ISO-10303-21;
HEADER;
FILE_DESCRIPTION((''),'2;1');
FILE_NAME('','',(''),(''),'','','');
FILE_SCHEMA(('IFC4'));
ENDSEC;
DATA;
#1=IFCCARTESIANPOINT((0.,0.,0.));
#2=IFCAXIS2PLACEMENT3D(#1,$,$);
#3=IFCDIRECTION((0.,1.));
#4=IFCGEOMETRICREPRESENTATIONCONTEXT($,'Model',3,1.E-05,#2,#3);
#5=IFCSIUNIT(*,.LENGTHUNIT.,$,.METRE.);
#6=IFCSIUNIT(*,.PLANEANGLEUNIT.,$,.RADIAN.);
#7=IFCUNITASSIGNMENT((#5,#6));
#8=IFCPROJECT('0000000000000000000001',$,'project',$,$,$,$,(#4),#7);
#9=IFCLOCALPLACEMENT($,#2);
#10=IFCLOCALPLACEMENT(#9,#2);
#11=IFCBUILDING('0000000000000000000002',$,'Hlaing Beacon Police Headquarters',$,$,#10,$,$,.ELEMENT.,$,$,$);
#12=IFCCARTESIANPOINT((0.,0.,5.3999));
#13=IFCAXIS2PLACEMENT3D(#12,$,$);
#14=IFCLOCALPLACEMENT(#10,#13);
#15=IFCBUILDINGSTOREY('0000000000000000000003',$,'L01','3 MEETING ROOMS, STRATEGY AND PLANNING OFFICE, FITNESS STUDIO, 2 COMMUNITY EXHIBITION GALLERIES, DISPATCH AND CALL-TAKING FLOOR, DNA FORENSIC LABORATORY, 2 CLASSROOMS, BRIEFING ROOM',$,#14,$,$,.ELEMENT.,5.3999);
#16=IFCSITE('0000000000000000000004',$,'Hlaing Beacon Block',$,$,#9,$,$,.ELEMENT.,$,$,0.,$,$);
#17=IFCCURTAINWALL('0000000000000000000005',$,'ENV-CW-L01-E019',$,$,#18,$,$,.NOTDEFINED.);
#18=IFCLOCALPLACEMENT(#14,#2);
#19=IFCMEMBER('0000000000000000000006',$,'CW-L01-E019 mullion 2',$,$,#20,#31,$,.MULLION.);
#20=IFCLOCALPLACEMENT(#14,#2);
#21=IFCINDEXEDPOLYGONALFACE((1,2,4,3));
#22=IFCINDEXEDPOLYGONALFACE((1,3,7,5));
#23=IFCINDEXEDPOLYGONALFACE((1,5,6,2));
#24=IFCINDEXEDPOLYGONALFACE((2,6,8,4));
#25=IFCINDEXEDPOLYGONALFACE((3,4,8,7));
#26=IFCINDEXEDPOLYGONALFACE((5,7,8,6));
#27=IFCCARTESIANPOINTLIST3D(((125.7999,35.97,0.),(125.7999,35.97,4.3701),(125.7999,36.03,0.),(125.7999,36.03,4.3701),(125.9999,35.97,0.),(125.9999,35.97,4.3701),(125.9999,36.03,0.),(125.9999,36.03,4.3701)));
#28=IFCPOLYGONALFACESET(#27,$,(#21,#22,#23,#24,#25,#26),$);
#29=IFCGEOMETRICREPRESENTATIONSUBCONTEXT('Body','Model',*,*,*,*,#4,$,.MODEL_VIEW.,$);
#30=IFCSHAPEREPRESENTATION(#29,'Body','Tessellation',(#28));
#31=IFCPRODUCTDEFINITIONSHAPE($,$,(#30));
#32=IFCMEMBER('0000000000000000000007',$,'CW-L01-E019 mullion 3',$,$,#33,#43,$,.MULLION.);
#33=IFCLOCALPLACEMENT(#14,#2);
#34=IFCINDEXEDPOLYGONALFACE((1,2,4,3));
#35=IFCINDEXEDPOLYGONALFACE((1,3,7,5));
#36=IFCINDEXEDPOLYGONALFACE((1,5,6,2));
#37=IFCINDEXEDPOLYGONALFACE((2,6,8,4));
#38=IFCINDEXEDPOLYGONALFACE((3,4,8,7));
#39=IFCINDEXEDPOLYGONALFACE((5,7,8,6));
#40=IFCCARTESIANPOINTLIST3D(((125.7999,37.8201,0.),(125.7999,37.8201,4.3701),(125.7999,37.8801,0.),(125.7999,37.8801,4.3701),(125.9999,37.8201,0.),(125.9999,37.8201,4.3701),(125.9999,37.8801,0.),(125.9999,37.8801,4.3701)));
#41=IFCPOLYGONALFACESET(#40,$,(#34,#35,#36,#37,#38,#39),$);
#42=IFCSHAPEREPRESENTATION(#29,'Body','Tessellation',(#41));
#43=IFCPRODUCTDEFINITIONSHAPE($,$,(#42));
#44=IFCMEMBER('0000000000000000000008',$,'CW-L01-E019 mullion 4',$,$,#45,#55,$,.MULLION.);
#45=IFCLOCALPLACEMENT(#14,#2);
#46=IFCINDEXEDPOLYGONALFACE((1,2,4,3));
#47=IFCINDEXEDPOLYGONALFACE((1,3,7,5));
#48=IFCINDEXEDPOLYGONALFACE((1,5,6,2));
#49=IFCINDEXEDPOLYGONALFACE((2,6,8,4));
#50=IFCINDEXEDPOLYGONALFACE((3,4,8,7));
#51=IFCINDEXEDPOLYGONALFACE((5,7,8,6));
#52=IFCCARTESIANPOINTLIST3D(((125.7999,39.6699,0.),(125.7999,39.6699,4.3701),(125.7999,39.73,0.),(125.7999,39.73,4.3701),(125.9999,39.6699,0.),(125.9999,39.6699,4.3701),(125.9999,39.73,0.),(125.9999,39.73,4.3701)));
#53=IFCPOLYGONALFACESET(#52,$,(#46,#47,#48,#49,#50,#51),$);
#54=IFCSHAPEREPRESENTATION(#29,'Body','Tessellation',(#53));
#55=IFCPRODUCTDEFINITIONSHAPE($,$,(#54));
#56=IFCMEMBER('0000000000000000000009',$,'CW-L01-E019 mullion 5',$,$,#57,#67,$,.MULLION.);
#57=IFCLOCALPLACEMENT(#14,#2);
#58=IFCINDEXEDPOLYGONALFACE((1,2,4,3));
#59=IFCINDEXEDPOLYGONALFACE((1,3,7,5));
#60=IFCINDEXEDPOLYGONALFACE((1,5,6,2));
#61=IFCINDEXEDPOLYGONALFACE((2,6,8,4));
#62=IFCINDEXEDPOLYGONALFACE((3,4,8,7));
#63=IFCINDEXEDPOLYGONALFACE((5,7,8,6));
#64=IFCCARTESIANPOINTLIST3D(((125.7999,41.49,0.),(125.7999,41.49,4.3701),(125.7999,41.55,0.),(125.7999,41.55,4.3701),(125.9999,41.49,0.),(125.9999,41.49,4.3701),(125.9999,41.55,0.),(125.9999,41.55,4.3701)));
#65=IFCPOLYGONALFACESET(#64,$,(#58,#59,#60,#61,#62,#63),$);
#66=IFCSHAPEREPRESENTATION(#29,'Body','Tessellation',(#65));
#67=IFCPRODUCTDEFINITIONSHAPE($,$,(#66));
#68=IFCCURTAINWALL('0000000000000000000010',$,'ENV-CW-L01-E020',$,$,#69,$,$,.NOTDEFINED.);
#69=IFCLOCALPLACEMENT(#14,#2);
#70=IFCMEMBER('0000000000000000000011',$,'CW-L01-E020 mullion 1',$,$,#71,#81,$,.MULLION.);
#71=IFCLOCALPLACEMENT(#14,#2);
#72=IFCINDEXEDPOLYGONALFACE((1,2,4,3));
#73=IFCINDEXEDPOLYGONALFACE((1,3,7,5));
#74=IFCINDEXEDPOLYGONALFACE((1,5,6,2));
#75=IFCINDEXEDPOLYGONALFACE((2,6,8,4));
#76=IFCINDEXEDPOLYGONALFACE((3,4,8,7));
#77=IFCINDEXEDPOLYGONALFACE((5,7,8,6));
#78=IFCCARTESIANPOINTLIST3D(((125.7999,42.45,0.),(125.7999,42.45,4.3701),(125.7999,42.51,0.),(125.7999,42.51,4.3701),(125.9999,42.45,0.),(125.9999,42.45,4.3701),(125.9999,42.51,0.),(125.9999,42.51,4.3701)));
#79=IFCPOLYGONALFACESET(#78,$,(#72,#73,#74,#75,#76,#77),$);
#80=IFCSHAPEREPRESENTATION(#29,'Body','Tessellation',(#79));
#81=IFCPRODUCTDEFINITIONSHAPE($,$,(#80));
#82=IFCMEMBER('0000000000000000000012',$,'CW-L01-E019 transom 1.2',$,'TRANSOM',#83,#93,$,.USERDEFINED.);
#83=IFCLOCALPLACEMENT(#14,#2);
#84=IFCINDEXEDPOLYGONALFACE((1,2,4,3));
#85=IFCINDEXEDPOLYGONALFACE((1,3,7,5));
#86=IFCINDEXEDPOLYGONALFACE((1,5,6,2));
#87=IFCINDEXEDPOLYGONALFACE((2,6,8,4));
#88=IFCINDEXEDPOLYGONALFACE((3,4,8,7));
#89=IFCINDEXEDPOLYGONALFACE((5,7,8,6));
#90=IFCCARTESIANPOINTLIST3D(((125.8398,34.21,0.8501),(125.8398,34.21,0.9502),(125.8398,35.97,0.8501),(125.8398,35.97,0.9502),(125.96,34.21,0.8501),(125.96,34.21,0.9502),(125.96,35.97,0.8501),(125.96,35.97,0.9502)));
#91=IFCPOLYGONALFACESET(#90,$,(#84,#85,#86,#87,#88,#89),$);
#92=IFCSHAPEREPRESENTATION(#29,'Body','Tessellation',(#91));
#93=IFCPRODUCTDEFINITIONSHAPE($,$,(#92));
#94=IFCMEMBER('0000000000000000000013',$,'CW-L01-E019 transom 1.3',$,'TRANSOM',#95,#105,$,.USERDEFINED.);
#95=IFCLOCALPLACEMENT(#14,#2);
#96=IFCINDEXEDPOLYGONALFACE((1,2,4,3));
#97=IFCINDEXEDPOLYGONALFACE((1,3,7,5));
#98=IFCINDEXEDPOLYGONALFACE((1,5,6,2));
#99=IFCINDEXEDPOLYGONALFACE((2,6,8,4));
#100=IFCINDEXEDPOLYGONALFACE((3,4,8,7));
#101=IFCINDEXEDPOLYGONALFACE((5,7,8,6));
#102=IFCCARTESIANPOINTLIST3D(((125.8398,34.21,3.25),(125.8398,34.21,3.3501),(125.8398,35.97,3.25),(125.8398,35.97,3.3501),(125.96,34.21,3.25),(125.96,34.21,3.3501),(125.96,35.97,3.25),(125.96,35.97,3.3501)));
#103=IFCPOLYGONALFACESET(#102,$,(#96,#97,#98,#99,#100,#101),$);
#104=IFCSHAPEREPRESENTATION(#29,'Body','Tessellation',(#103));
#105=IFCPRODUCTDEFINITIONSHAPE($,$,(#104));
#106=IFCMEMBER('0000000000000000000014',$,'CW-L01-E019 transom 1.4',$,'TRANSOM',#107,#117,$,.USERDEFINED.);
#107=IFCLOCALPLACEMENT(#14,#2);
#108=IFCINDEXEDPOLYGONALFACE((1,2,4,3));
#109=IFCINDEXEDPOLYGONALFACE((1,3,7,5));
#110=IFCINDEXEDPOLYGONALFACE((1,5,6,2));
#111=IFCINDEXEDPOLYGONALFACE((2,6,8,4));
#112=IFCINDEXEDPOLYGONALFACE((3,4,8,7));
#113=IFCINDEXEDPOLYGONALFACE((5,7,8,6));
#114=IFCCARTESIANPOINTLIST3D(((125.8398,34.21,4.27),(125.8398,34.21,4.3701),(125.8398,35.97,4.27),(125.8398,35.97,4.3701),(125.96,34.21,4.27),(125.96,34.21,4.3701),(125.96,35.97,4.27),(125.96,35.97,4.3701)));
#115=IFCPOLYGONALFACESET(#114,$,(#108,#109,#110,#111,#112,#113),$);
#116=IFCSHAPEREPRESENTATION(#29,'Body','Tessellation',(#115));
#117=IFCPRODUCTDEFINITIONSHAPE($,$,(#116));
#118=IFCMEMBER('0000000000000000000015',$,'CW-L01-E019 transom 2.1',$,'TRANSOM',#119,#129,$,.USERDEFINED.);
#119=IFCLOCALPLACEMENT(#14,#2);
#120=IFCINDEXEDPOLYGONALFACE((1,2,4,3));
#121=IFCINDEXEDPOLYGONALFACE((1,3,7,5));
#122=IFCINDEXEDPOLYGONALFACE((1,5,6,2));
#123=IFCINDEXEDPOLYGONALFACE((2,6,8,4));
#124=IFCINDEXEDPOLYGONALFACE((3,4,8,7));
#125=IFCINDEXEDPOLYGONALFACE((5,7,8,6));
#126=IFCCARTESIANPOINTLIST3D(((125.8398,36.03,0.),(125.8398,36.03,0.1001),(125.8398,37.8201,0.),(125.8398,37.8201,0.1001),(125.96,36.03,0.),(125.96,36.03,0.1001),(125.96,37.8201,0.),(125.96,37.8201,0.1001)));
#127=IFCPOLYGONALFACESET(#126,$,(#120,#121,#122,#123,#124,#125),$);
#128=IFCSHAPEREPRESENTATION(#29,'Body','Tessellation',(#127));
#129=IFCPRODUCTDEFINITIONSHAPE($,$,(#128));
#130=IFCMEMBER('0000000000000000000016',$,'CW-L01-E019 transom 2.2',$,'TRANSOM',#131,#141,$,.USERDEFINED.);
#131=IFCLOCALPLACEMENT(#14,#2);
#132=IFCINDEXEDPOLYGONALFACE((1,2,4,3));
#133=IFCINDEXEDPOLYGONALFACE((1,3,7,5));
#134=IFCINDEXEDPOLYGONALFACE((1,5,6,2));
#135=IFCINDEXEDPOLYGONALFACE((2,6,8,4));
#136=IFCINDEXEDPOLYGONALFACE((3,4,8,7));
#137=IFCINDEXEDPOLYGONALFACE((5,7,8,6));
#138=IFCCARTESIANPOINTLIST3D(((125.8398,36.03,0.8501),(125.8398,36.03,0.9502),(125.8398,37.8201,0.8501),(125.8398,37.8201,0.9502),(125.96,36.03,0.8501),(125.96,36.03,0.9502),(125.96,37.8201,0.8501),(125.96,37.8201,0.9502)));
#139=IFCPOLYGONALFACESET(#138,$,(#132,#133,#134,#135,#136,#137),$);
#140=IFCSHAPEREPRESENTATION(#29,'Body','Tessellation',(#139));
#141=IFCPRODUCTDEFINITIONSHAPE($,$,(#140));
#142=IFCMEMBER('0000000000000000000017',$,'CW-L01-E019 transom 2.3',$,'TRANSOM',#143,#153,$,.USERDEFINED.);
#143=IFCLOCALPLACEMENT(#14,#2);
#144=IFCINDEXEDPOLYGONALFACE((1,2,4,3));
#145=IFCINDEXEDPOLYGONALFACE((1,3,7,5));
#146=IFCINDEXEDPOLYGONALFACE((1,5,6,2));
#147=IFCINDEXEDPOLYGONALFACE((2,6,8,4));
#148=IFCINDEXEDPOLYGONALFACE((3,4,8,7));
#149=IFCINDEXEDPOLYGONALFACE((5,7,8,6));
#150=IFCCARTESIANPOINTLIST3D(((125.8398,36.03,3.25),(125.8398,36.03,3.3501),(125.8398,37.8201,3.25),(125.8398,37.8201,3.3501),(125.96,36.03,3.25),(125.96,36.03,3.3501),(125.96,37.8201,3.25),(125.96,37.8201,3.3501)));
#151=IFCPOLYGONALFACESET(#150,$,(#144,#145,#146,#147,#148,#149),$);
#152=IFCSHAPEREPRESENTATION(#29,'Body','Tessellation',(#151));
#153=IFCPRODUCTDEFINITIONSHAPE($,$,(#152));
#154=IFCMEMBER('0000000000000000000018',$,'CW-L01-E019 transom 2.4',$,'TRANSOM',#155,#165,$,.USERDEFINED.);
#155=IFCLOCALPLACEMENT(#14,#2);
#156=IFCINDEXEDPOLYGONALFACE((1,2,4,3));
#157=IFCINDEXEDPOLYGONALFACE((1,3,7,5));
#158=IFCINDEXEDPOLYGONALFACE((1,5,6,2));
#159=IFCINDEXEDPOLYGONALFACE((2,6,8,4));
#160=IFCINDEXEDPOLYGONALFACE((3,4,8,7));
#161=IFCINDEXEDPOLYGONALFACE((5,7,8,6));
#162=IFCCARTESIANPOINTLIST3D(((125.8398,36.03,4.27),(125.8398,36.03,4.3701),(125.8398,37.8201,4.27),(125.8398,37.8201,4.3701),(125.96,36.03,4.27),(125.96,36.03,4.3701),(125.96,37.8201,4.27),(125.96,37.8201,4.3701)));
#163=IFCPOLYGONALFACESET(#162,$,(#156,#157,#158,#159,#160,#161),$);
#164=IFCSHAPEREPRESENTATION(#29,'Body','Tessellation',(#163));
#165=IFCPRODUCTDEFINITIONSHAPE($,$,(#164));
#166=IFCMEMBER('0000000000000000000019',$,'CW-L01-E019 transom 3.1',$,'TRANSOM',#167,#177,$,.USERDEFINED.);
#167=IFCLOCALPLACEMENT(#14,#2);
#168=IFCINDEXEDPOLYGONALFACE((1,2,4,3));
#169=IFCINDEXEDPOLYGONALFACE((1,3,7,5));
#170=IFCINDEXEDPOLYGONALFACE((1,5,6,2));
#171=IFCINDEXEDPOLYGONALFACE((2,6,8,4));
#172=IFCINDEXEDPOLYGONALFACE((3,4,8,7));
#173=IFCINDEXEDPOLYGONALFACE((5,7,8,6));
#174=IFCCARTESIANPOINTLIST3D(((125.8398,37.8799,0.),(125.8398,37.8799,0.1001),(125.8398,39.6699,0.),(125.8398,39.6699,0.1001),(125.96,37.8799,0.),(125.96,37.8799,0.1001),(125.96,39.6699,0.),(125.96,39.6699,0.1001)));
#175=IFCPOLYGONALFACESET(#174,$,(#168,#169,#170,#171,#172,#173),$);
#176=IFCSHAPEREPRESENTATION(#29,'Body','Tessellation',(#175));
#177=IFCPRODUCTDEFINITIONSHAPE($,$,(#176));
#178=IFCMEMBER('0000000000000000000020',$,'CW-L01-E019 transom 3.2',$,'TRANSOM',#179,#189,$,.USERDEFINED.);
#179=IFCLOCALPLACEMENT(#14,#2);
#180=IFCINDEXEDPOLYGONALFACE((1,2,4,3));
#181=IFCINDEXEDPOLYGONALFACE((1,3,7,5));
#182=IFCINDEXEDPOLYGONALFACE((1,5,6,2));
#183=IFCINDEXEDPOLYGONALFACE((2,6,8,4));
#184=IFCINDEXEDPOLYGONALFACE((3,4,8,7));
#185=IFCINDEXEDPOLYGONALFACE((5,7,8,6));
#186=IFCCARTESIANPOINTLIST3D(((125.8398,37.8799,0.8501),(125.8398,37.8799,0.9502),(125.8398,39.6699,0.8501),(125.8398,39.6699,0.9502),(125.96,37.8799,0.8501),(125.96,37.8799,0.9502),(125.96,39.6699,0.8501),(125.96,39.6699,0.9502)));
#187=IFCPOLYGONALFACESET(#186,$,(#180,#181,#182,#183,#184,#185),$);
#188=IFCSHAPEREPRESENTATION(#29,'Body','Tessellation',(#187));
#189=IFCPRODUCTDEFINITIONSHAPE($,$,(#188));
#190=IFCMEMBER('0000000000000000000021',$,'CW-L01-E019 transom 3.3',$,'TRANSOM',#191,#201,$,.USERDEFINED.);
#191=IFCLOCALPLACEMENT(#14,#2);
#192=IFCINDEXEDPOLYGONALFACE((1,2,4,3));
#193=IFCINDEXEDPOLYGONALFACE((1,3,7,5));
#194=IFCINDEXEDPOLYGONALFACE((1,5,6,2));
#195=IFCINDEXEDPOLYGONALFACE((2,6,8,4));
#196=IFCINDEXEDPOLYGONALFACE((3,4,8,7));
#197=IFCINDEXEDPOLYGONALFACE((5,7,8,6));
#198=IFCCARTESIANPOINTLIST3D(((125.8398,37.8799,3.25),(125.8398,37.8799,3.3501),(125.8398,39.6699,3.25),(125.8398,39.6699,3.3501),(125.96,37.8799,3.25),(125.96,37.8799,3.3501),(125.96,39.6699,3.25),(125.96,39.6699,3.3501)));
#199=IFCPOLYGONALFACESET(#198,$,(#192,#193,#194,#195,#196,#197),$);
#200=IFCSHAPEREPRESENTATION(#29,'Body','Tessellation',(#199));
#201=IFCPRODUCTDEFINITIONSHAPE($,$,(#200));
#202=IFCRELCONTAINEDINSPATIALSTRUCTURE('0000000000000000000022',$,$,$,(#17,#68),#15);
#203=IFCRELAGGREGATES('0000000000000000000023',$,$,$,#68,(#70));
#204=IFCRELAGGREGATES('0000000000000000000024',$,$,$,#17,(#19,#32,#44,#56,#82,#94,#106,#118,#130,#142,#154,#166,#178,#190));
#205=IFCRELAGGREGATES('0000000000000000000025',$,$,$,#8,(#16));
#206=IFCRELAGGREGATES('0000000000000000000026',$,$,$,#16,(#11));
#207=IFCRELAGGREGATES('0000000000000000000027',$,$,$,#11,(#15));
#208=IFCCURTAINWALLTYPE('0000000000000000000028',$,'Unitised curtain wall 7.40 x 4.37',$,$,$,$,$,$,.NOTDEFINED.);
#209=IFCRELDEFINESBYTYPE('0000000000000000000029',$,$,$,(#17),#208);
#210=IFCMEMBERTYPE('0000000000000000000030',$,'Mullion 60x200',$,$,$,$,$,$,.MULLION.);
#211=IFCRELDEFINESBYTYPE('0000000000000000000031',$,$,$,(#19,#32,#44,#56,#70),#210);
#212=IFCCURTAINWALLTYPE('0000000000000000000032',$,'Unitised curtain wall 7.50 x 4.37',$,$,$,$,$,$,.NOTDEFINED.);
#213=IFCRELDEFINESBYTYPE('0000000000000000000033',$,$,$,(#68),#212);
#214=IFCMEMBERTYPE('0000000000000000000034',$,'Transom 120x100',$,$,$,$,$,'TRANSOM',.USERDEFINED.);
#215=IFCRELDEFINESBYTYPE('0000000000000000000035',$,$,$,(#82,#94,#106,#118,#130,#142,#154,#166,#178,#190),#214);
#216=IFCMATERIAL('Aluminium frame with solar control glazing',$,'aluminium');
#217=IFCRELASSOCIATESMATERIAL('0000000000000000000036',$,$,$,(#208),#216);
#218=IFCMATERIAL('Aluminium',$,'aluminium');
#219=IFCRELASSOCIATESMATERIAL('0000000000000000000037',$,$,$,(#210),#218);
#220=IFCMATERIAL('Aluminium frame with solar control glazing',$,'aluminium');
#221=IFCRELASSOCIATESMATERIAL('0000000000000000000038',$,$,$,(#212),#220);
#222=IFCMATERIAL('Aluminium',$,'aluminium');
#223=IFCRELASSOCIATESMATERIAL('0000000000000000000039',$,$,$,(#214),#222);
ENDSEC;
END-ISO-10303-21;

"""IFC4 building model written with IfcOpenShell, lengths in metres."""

from ifc_helpers import new_model, si_unit, direction, frame, origin, origin_2d, place, context, subcontext, project, spatial, rectangle, extrude, material, material_profile, profile_set, type_object, element, aggregate, save


model = new_model("IFC4")

# Units and contexts
model_context = context("Model", 3, precision=1e-05, world=origin(), true_north=direction((0.0, 1.0)))
body_context = subcontext(model_context, "Body", "Model", "MODEL_VIEW")
ifc_project = project(units=[si_unit("LENGTHUNIT", "METRE"), si_unit("PLANEANGLEUNIT", "RADIAN")], contexts=[model_context])

# Site, building, storey
site_placement = place(None, origin())
site = spatial("IfcSite", under=ifc_project, at=site_placement, Name="Hlaing Beacon Block", CompositionType="ELEMENT", RefElevation=0.0)
building_placement = place(site_placement, origin())
building = spatial("IfcBuilding", under=site, at=building_placement, Name="Hlaing Beacon Police Headquarters", CompositionType="ELEMENT")
storey_placement = place(building_placement, frame((0.0, 0.0, 5.3999)))
storey = spatial("IfcBuildingStorey", under=building, at=storey_placement, Name="L01", Description="3 MEETING ROOMS, STRATEGY AND PLANNING OFFICE, FITNESS STUDIO, 2 COMMUNITY EXHIBITION GALLERIES, DISPATCH AND CALL-TAKING FLOOR, DNA FORENSIC LABORATORY, 2 CLASSROOMS, BRIEFING ROOM", CompositionType="ELEMENT", Elevation=5.3999)

# Curtain wall, members
ifc_material_1 = material(Name="Aluminium frame with solar control glazing", Category="aluminium")
curtain_wall_type_1 = type_object("IfcCurtainWallType", Name="Unitised curtain wall 7.40 x 4.37", PredefinedType="NOTDEFINED", material=ifc_material_1)
curtain_wall_1_placement = place(storey_placement, origin())
curtain_wall_1 = element("IfcCurtainWall", 1, at=curtain_wall_1_placement, inside=storey, type_object=curtain_wall_type_1, Name="ENV-CW-L01-E019", PredefinedType="NOTDEFINED")
ifc_material_2 = material(Name="Aluminium", Category="aluminium")
ifc_material_profile_1 = material_profile(ifc_material_2, rectangle(XDim=0.2, YDim=0.0601, at=origin_2d()), Name="Mullion 60x200")
ifc_profile_set_1 = profile_set([ifc_material_profile_1], Name="Aluminium")
member_type_1 = type_object("IfcMemberType", Name="Mullion 60x200", PredefinedType="MULLION", material=ifc_profile_set_1)
member_1_placement = place(storey_placement, frame((125.8999, 36.0, 0.0), z_axis=(0.0, 0.0, 1.0), x_axis=(-1.0, 0.0, 0.0)))
member_1 = element("IfcMember", 2, at=member_1_placement, type_object=member_type_1, Name="CW-L01-E019 mullion 2", PredefinedType="MULLION", context=body_context, shape_type="SweptSolid", body=[
    extrude(rectangle(XDim=0.2, YDim=0.0601, at=origin_2d()), origin(), (0.0, 0.0, 1.0), 4.3701),
])
member_2_placement = place(storey_placement, frame((125.8999, 37.8501, 0.0), z_axis=(0.0, 0.0, 1.0), x_axis=(-1.0, 0.0, 0.0)))
member_2 = element("IfcMember", 3, at=member_2_placement, type_object=member_type_1, Name="CW-L01-E019 mullion 3", PredefinedType="MULLION", context=body_context, shape_type="SweptSolid", body=[
    extrude(rectangle(XDim=0.2, YDim=0.0601, at=origin_2d()), origin(), (0.0, 0.0, 1.0), 4.3701),
])
member_3_placement = place(storey_placement, frame((125.8999, 39.7, 0.0), z_axis=(0.0, 0.0, 1.0), x_axis=(-1.0, 0.0, 0.0)))
member_3 = element("IfcMember", 4, at=member_3_placement, type_object=member_type_1, Name="CW-L01-E019 mullion 4", PredefinedType="MULLION", context=body_context, shape_type="SweptSolid", body=[
    extrude(rectangle(XDim=0.2, YDim=0.0601, at=origin_2d()), origin(), (0.0, 0.0, 1.0), 4.3701),
])
member_4_placement = place(storey_placement, frame((125.8999, 41.52, 0.0), z_axis=(0.0, 0.0, 1.0), x_axis=(-1.0, 0.0, 0.0)))
member_4 = element("IfcMember", 5, at=member_4_placement, type_object=member_type_1, Name="CW-L01-E019 mullion 5", PredefinedType="MULLION", context=body_context, shape_type="SweptSolid", body=[
    extrude(rectangle(XDim=0.2, YDim=0.0601, at=origin_2d()), origin(), (0.0, 0.0, 1.0), 4.3701),
])

# Curtain wall, member
ifc_material_3 = material(Name="Aluminium frame with solar control glazing", Category="aluminium")
curtain_wall_type_2 = type_object("IfcCurtainWallType", Name="Unitised curtain wall 7.50 x 4.37", PredefinedType="NOTDEFINED", material=ifc_material_3)
curtain_wall_2_placement = place(storey_placement, origin())
curtain_wall_2 = element("IfcCurtainWall", 6, at=curtain_wall_2_placement, inside=storey, type_object=curtain_wall_type_2, Name="ENV-CW-L01-E020", PredefinedType="NOTDEFINED")
member_5_placement = place(storey_placement, frame((125.8999, 42.48, 0.0), z_axis=(0.0, 0.0, 1.0), x_axis=(-1.0, 0.0, 0.0)))
member_5 = element("IfcMember", 7, at=member_5_placement, type_object=member_type_1, Name="CW-L01-E020 mullion 1", PredefinedType="MULLION", context=body_context, shape_type="SweptSolid", body=[
    extrude(rectangle(XDim=0.2, YDim=0.0601, at=origin_2d()), origin(), (0.0, 0.0, 1.0), 4.3701),
])

# Members
ifc_material_4 = material(Name="Aluminium", Category="aluminium")
ifc_material_profile_2 = material_profile(ifc_material_4, rectangle(XDim=0.1201, YDim=0.1001, at=origin_2d()), Name="Transom 120x100")
ifc_profile_set_2 = profile_set([ifc_material_profile_2], Name="Aluminium")
member_type_2 = type_object("IfcMemberType", Name="Transom 120x100", ElementType="TRANSOM", PredefinedType="USERDEFINED", material=ifc_profile_set_2)
member_6_placement = place(storey_placement, frame((125.8999, 34.21, 0.9001), z_axis=(0.0, 1.0, 0.0), x_axis=(-1.0, 0.0, 0.0)))
member_6 = element("IfcMember", 8, at=member_6_placement, type_object=member_type_2, Name="CW-L01-E019 transom 1.2", ObjectType="TRANSOM", PredefinedType="USERDEFINED", context=body_context, shape_type="SweptSolid", body=[
    extrude(rectangle(XDim=0.1201, YDim=0.1001, at=origin_2d()), origin(), (0.0, 0.0, 1.0), 1.76),
])
member_7_placement = place(storey_placement, frame((125.8999, 34.21, 3.3), z_axis=(0.0, 1.0, 0.0), x_axis=(-1.0, 0.0, 0.0)))
member_7 = element("IfcMember", 9, at=member_7_placement, type_object=member_type_2, Name="CW-L01-E019 transom 1.3", ObjectType="TRANSOM", PredefinedType="USERDEFINED", context=body_context, shape_type="SweptSolid", body=[
    extrude(rectangle(XDim=0.1201, YDim=0.1001, at=origin_2d()), origin(), (0.0, 0.0, 1.0), 1.76),
])
member_8_placement = place(storey_placement, frame((125.8999, 34.21, 4.3201), z_axis=(0.0, 1.0, 0.0), x_axis=(-1.0, 0.0, 0.0)))
member_8 = element("IfcMember", 10, at=member_8_placement, type_object=member_type_2, Name="CW-L01-E019 transom 1.4", ObjectType="TRANSOM", PredefinedType="USERDEFINED", context=body_context, shape_type="SweptSolid", body=[
    extrude(rectangle(XDim=0.1201, YDim=0.1001, at=origin_2d()), origin(), (0.0, 0.0, 1.0), 1.76),
])
member_9_placement = place(storey_placement, frame((125.8999, 36.03, 0.05), z_axis=(0.0, 1.0, 0.0), x_axis=(-1.0, 0.0, 0.0)))
member_9 = element("IfcMember", 11, at=member_9_placement, type_object=member_type_2, Name="CW-L01-E019 transom 2.1", ObjectType="TRANSOM", PredefinedType="USERDEFINED", context=body_context, shape_type="SweptSolid", body=[
    extrude(rectangle(XDim=0.1201, YDim=0.1001, at=origin_2d()), origin(), (0.0, 0.0, 1.0), 1.79),
])
member_10_placement = place(storey_placement, frame((125.8999, 36.03, 0.9001), z_axis=(0.0, 1.0, 0.0), x_axis=(-1.0, 0.0, 0.0)))
member_10 = element("IfcMember", 12, at=member_10_placement, type_object=member_type_2, Name="CW-L01-E019 transom 2.2", ObjectType="TRANSOM", PredefinedType="USERDEFINED", context=body_context, shape_type="SweptSolid", body=[
    extrude(rectangle(XDim=0.1201, YDim=0.1001, at=origin_2d()), origin(), (0.0, 0.0, 1.0), 1.79),
])
member_11_placement = place(storey_placement, frame((125.8999, 36.03, 3.3), z_axis=(0.0, 1.0, 0.0), x_axis=(-1.0, 0.0, 0.0)))
member_11 = element("IfcMember", 13, at=member_11_placement, type_object=member_type_2, Name="CW-L01-E019 transom 2.3", ObjectType="TRANSOM", PredefinedType="USERDEFINED", context=body_context, shape_type="SweptSolid", body=[
    extrude(rectangle(XDim=0.1201, YDim=0.1001, at=origin_2d()), origin(), (0.0, 0.0, 1.0), 1.79),
])
member_12_placement = place(storey_placement, frame((125.8999, 36.03, 4.3201), z_axis=(0.0, 1.0, 0.0), x_axis=(-1.0, 0.0, 0.0)))
member_12 = element("IfcMember", 14, at=member_12_placement, type_object=member_type_2, Name="CW-L01-E019 transom 2.4", ObjectType="TRANSOM", PredefinedType="USERDEFINED", context=body_context, shape_type="SweptSolid", body=[
    extrude(rectangle(XDim=0.1201, YDim=0.1001, at=origin_2d()), origin(), (0.0, 0.0, 1.0), 1.79),
])
member_13_placement = place(storey_placement, frame((125.8999, 37.8799, 0.05), z_axis=(0.0, 1.0, 0.0), x_axis=(-1.0, 0.0, 0.0)))
member_13 = element("IfcMember", 15, at=member_13_placement, type_object=member_type_2, Name="CW-L01-E019 transom 3.1", ObjectType="TRANSOM", PredefinedType="USERDEFINED", context=body_context, shape_type="SweptSolid", body=[
    extrude(rectangle(XDim=0.1201, YDim=0.1001, at=origin_2d()), origin(), (0.0, 0.0, 1.0), 1.79),
])
member_14_placement = place(storey_placement, frame((125.8999, 37.8799, 0.9001), z_axis=(0.0, 1.0, 0.0), x_axis=(-1.0, 0.0, 0.0)))
member_14 = element("IfcMember", 16, at=member_14_placement, type_object=member_type_2, Name="CW-L01-E019 transom 3.2", ObjectType="TRANSOM", PredefinedType="USERDEFINED", context=body_context, shape_type="SweptSolid", body=[
    extrude(rectangle(XDim=0.1201, YDim=0.1001, at=origin_2d()), origin(), (0.0, 0.0, 1.0), 1.79),
])
member_15_placement = place(storey_placement, frame((125.8999, 37.8799, 3.3), z_axis=(0.0, 1.0, 0.0), x_axis=(-1.0, 0.0, 0.0)))
member_15 = element("IfcMember", 17, at=member_15_placement, type_object=member_type_2, Name="CW-L01-E019 transom 3.3", ObjectType="TRANSOM", PredefinedType="USERDEFINED", context=body_context, shape_type="SweptSolid", body=[
    extrude(rectangle(XDim=0.1201, YDim=0.1001, at=origin_2d()), origin(), (0.0, 0.0, 1.0), 1.79),
])
aggregate(curtain_wall_2, [member_5])

aggregate(curtain_wall_1, [member_1, member_2, member_3, member_4, member_6, member_7, member_8, member_9, member_10, member_11, member_12, member_13, member_14, member_15])

save(model, "model.ifc")
